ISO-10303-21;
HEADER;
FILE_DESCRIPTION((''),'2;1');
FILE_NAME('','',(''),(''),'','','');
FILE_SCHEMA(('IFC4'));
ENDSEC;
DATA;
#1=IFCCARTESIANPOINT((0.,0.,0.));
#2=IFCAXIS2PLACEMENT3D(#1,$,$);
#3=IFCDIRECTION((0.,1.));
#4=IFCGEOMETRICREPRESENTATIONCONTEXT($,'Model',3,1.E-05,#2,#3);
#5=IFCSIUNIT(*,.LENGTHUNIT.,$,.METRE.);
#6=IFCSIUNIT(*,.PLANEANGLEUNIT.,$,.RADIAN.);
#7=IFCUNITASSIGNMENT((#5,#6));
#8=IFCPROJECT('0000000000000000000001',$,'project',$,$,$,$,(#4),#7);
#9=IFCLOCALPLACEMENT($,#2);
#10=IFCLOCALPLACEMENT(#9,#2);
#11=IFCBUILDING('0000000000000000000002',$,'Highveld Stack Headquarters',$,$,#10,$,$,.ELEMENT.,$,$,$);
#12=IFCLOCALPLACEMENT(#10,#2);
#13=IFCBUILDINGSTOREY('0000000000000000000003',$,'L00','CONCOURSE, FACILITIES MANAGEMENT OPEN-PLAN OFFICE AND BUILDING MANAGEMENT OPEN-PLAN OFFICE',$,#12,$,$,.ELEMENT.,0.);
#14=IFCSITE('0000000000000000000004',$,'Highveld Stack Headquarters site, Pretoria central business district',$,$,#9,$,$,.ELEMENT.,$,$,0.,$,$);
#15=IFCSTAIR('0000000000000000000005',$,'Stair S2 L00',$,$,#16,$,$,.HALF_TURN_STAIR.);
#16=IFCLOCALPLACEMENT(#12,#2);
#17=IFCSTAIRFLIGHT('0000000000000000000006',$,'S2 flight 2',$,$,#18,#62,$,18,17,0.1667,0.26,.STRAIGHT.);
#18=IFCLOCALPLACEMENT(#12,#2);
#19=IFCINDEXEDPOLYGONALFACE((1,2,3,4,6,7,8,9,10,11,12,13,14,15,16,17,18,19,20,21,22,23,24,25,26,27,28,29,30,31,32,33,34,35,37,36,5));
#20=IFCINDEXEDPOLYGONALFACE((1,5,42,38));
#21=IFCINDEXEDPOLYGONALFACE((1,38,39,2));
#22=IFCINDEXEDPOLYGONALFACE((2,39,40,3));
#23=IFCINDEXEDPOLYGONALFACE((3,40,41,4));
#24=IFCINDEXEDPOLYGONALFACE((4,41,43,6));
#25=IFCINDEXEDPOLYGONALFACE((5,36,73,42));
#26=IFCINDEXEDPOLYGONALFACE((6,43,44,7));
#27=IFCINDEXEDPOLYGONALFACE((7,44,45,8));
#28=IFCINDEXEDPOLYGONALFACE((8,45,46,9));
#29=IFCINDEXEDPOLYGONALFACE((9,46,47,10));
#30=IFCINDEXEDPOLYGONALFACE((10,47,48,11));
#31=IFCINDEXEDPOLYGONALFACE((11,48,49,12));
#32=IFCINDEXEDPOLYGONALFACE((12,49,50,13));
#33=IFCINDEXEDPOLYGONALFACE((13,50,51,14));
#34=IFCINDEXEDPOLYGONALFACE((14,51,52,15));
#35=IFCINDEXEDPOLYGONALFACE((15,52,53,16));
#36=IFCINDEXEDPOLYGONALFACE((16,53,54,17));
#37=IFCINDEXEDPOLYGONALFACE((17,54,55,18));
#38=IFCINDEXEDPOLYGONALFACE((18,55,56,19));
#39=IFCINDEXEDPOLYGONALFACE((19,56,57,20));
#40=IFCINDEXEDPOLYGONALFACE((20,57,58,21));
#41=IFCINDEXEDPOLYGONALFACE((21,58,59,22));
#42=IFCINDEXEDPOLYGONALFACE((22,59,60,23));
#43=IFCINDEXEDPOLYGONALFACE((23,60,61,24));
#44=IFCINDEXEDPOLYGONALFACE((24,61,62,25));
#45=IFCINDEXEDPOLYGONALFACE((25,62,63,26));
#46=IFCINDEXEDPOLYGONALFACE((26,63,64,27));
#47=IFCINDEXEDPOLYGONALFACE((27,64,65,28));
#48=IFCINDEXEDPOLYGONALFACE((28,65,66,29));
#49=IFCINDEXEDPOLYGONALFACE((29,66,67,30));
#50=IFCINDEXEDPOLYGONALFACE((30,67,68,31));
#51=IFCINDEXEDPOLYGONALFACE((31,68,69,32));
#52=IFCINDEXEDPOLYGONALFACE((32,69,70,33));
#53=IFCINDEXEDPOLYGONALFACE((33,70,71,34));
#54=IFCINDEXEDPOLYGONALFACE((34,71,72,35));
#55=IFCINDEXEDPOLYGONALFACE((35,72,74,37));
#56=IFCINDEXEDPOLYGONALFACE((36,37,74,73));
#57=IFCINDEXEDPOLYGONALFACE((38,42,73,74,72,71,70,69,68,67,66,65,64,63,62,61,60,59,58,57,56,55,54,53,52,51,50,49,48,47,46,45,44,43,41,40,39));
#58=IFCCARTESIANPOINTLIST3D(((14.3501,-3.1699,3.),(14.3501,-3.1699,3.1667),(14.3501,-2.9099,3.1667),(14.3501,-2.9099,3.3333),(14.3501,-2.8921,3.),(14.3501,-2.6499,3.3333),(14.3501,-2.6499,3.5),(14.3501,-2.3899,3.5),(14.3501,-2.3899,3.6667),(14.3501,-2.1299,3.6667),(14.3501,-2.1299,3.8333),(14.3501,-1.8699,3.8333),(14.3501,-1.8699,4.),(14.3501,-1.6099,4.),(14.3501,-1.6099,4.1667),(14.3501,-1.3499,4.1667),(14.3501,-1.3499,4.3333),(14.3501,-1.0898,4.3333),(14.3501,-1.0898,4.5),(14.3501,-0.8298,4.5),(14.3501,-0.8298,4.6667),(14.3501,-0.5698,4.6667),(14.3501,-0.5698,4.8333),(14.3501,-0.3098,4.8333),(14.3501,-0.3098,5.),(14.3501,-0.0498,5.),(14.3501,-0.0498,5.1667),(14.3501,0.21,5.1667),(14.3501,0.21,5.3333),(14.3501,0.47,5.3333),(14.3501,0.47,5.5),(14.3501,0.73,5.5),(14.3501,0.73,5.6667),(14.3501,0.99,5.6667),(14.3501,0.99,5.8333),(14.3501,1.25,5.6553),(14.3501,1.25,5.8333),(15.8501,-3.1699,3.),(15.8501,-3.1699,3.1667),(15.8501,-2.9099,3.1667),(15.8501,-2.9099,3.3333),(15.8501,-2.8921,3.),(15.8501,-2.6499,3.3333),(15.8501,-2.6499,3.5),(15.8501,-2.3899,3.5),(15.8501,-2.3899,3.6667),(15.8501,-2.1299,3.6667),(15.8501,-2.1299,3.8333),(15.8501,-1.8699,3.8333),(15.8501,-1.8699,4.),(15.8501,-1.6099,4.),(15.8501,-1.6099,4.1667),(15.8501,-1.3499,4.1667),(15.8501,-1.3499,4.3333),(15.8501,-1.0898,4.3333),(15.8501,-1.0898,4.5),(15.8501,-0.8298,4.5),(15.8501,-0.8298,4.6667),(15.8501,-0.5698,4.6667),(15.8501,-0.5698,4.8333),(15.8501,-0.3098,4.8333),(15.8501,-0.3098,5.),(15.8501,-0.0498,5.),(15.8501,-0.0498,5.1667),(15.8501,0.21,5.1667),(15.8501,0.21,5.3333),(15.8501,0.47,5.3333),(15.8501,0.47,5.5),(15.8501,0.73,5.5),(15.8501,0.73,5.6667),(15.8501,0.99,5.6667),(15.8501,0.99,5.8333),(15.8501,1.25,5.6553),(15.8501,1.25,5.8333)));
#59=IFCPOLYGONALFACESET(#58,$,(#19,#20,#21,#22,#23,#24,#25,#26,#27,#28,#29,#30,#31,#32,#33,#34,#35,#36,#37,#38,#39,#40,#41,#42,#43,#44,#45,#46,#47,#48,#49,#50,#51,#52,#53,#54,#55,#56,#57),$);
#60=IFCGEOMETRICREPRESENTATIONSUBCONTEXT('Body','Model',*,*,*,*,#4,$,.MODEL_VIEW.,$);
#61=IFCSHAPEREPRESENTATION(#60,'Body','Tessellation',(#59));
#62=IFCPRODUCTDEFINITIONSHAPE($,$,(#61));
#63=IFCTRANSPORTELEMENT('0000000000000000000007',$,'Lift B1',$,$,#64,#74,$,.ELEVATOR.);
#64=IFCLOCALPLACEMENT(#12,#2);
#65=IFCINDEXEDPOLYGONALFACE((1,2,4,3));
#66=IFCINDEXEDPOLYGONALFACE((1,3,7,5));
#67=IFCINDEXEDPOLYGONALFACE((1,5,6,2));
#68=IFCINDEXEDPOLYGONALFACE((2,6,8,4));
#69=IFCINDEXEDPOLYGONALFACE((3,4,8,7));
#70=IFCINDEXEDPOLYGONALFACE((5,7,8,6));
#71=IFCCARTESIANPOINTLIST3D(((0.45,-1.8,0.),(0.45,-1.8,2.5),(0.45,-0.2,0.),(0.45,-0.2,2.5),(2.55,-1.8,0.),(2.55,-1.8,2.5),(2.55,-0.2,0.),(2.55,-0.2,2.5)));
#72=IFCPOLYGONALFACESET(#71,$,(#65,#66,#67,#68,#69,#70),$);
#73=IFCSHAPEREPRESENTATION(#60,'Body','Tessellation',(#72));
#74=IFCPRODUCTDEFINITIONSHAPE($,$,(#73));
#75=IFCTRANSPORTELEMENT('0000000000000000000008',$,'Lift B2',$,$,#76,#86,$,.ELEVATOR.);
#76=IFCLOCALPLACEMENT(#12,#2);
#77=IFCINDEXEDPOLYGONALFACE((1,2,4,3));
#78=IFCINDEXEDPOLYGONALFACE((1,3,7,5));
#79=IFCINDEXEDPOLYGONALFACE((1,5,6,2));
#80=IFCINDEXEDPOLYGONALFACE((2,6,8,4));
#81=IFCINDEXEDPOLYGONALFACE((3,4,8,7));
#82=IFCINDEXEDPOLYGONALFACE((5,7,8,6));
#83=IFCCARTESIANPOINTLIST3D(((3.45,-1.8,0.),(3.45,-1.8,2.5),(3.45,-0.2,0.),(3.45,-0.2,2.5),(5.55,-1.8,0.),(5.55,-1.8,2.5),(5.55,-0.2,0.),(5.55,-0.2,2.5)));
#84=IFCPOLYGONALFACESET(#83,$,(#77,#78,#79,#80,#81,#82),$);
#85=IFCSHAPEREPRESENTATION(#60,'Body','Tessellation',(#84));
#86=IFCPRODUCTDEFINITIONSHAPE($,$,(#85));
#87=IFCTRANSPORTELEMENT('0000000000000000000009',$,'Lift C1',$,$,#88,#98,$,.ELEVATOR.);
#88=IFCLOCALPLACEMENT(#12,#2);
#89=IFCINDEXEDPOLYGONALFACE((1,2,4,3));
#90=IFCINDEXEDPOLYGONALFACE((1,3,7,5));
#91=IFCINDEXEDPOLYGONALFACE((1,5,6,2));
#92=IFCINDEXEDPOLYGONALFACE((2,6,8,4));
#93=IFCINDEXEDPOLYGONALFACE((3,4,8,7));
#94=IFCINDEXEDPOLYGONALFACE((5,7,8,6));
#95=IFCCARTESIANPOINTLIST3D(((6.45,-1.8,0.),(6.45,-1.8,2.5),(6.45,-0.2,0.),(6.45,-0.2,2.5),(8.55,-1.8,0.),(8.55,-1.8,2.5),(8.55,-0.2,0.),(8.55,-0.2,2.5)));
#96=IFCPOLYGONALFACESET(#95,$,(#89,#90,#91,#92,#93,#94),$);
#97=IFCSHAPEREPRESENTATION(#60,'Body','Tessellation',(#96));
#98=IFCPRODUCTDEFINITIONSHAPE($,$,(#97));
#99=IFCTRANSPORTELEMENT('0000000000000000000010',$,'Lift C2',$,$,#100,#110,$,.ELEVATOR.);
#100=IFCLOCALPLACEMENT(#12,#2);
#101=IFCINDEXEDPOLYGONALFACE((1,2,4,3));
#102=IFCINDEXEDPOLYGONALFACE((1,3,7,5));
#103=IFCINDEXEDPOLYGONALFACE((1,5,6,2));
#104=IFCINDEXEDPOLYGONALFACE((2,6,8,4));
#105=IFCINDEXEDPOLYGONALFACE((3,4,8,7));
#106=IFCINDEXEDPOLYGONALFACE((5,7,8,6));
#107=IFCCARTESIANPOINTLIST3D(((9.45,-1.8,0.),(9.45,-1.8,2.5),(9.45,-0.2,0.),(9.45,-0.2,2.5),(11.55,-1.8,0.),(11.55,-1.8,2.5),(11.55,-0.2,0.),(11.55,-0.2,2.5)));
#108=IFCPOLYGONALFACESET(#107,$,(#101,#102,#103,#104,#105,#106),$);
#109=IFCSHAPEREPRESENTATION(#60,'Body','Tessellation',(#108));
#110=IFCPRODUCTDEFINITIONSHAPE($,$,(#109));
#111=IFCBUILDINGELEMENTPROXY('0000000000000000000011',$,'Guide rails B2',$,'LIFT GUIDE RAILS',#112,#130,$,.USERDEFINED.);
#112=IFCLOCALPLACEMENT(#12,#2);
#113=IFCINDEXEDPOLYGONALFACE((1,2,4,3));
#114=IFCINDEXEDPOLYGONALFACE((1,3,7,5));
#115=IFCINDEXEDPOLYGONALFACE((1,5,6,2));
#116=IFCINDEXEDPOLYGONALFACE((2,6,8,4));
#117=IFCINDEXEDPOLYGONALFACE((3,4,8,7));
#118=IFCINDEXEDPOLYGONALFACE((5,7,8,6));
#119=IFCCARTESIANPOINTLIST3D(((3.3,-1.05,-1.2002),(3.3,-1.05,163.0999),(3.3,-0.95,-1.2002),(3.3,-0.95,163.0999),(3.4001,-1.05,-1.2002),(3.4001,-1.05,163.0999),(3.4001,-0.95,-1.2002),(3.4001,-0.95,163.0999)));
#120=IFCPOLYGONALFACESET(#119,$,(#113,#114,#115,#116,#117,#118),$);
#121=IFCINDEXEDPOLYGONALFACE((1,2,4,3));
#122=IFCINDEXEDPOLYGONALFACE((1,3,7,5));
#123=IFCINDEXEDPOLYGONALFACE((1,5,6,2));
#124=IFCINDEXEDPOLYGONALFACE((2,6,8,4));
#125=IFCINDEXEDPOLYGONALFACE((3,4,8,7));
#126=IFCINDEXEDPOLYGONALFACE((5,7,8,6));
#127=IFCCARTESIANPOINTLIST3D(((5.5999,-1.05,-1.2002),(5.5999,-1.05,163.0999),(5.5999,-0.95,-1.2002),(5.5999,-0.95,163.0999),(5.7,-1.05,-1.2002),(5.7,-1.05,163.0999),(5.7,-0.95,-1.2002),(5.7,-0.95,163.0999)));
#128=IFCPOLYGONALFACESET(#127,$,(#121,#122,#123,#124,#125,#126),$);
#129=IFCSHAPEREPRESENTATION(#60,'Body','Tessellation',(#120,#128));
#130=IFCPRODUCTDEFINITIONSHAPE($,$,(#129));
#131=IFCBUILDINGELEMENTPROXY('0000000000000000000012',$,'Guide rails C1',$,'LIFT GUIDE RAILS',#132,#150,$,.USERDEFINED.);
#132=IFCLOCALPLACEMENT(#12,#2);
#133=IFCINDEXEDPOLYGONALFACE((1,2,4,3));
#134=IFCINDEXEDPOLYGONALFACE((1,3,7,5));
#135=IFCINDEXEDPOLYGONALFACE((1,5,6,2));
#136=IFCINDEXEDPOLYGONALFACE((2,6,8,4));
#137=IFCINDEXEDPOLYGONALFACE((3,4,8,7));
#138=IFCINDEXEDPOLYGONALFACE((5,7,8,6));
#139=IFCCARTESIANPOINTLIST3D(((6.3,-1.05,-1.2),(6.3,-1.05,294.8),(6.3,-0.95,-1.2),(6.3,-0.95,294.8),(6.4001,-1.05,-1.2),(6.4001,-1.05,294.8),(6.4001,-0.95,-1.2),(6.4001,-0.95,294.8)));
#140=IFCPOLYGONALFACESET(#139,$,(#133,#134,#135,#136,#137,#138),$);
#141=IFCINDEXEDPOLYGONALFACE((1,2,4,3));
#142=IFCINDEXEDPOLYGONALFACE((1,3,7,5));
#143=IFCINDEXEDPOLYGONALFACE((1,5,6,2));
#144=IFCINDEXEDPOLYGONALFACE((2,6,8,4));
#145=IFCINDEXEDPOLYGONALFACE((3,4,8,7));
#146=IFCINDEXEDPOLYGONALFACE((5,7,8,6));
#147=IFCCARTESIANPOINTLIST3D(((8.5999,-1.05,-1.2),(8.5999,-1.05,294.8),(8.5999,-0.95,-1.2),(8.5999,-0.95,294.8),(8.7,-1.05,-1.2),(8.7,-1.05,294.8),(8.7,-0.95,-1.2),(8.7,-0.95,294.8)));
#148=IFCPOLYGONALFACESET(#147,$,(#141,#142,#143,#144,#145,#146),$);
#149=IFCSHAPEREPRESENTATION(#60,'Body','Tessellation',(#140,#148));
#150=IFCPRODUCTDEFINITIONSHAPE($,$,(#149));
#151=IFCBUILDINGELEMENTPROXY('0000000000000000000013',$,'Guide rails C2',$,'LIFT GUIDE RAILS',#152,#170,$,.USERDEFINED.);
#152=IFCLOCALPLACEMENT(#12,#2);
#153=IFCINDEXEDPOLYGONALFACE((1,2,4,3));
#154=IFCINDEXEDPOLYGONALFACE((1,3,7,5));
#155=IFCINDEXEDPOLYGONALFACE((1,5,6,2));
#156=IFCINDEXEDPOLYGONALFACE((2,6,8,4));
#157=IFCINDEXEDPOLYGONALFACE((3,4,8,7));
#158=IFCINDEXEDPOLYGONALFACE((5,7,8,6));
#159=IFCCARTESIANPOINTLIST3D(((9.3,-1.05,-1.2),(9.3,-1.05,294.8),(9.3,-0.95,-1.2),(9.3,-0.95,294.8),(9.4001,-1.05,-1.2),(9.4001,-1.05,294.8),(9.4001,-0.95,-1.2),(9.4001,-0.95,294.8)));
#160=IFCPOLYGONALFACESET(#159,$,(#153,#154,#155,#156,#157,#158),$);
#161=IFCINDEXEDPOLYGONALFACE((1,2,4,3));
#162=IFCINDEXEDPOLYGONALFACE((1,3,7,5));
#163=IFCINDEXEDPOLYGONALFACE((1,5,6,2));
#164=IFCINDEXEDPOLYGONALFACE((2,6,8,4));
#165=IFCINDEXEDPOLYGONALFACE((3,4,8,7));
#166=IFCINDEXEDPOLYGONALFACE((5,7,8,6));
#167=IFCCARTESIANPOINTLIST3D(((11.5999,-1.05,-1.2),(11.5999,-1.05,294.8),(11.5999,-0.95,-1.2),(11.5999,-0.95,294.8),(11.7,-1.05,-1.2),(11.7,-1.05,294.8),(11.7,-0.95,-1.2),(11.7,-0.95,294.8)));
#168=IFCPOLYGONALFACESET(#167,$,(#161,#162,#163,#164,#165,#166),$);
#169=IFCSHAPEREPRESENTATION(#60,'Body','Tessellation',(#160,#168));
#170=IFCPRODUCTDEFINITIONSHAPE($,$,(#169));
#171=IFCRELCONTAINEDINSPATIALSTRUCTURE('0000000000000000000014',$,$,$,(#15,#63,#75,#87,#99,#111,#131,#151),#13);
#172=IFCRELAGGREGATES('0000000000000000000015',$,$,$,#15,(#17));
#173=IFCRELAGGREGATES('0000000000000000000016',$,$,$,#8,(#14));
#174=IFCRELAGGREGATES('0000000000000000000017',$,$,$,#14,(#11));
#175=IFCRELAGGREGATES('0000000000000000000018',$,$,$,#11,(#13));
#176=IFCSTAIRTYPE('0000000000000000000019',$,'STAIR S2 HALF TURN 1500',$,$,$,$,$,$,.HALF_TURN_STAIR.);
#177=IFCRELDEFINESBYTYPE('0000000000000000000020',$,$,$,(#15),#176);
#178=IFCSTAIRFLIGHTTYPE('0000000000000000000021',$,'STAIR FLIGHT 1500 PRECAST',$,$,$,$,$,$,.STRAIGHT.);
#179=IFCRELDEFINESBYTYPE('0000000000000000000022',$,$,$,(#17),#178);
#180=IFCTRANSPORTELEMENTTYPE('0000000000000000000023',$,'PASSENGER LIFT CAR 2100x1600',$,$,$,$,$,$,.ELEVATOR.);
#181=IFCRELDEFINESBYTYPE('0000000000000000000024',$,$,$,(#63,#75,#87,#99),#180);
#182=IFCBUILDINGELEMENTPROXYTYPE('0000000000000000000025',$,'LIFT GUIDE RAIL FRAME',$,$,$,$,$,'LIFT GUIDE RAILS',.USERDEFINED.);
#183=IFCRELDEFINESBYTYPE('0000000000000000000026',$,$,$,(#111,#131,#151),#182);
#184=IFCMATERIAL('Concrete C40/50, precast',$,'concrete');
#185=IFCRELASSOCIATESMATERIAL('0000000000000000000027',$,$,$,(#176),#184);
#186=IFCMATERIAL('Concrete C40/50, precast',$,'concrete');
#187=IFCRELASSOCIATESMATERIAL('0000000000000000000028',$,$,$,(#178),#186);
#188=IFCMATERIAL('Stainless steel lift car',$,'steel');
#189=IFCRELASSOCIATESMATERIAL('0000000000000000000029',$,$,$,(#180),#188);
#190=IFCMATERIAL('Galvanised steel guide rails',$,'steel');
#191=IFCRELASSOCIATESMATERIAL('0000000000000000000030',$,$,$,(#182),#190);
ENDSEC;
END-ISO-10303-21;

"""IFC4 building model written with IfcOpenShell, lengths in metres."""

from ifc_helpers import new_model, si_unit, direction, frame, origin, origin_2d, place, context, subcontext, project, spatial, polyline, rectangle, outline, extrude, material, type_object, element, aggregate, save


model = new_model("IFC4")

# Units and contexts
model_context = context("Model", 3, precision=1e-05, world=origin(), true_north=direction((0.0, 1.0)))
body_context = subcontext(model_context, "Body", "Model", "MODEL_VIEW")
ifc_project = project(units=[si_unit("LENGTHUNIT", "METRE"), si_unit("PLANEANGLEUNIT", "RADIAN")], contexts=[model_context])

# Site, building, storey
site_placement = place(None, origin())
site = spatial("IfcSite", under=ifc_project, at=site_placement, Name="Highveld Stack Headquarters site, Pretoria central business district", CompositionType="ELEMENT", RefElevation=0.0)
building_placement = place(site_placement, origin())
building = spatial("IfcBuilding", under=site, at=building_placement, Name="Highveld Stack Headquarters", CompositionType="ELEMENT")
storey_placement = place(building_placement, origin())
storey = spatial("IfcBuildingStorey", under=building, at=storey_placement, Name="L00", Description="CONCOURSE, FACILITIES MANAGEMENT OPEN-PLAN OFFICE AND BUILDING MANAGEMENT OPEN-PLAN OFFICE", CompositionType="ELEMENT", Elevation=0.0)

# Stair, stair flight
ifc_material_1 = material(Name="Concrete C40/50, precast", Category="concrete")
stair_type = type_object("IfcStairType", Name="STAIR S2 HALF TURN 1500", PredefinedType="HALF_TURN_STAIR", material=ifc_material_1)
stair_placement = place(storey_placement, origin())
stair = element("IfcStair", 1, at=stair_placement, inside=storey, type_object=stair_type, Name="Stair S2 L00", PredefinedType="HALF_TURN_STAIR")
ifc_material_2 = material(Name="Concrete C40/50, precast", Category="concrete")
stair_flight_type = type_object("IfcStairFlightType", Name="STAIR FLIGHT 1500 PRECAST", PredefinedType="STRAIGHT", material=ifc_material_2)
stair_flight_1_placement = place(storey_placement, frame((15.1001, -3.1699, 3.0), z_axis=(0.0, 0.0, 1.0), x_axis=(0.0, 1.0, 0.0)))
stair_flight_1 = element("IfcStairFlight", 2, at=stair_flight_1_placement, type_object=stair_flight_type, Name="S2 flight 2", NumberOfRisers=18, NumberOfTreads=17, PredefinedType="STRAIGHT", RiserHeight=0.1667, TreadLength=0.26, context=body_context, shape_type="SweptSolid", body=[
    extrude(outline(polyline([(0.0, 0.0), (0.0, 0.1667), (0.26, 0.1667), (0.26, 0.3333), (0.52, 0.3333), (0.52, 0.5), (0.78, 0.5), (0.78, 0.6667), (1.04, 0.6667), (1.04, 0.8333), (1.3, 0.8333), (1.3, 1.0), (1.5601, 1.0), (1.5601, 1.1667), (1.8201, 1.1667), (1.8201, 1.3333), (2.0801, 1.3333), (2.0801, 1.5), (2.3401, 1.5), (2.3401, 1.6667), (2.6001, 1.6667), (2.6001, 1.8333), (2.8601, 1.8333), (2.8601, 2.0), (3.1201, 2.0), (3.1201, 2.1667), (3.3799, 2.1667), (3.3799, 2.3333), (3.6399, 2.3333), (3.6399, 2.5), (3.8999, 2.5), (3.8999, 2.6667), (4.1599, 2.6667), (4.1599, 2.8333), (4.4199, 2.8333), (4.4199, 3.0), (4.4199, 2.6553), (0.2778, 0.0), (0.0, 0.0)])), frame((0.0, 0.75, 0.0), z_axis=(0.0, -1.0, 0.0), x_axis=(1.0, 0.0, 0.0)), (0.0, 0.0, 1.0), 1.5),
])
aggregate(stair, [stair_flight_1])

# Transport elements
ifc_material_3 = material(Name="Stainless steel lift car", Category="steel")
transport_element_type = type_object("IfcTransportElementType", Name="PASSENGER LIFT CAR 2100x1600", PredefinedType="ELEVATOR", material=ifc_material_3)
for number, where, z_axis, x_axis, name in (
    (3, (1.5, -1.0, 0.0), (0.0, 0.0, 1.0), (1.0, 0.0, 0.0), "Lift B1"),
    (4, (4.5, -1.0, 0.0), (0.0, 0.0, 1.0), (1.0, 0.0, 0.0), "Lift B2"),
    (5, (7.5, -1.0, 0.0), (0.0, 0.0, 1.0), (1.0, 0.0, 0.0), "Lift C1"),
    (6, (10.5, -1.0, 0.0), (0.0, 0.0, 1.0), (1.0, 0.0, 0.0), "Lift C2"),
):
    element("IfcTransportElement", number, at=place(storey_placement, frame(where, z_axis=z_axis, x_axis=x_axis)), inside=storey, type_object=transport_element_type, Name=name, PredefinedType="ELEVATOR", context=body_context, shape_type="SweptSolid", body=[
        extrude(rectangle(XDim=2.1001, YDim=1.6001, at=origin_2d()), origin(), (0.0, 0.0, 1.0), 2.5),
    ])

# Building element proxies
ifc_material_4 = material(Name="Galvanised steel guide rails", Category="steel")
building_element_proxy_type = type_object("IfcBuildingElementProxyType", Name="LIFT GUIDE RAIL FRAME", ElementType="LIFT GUIDE RAILS", PredefinedType="USERDEFINED", material=ifc_material_4)
proxy_placement = place(storey_placement, frame((3.3501, -1.0, -1.2002), z_axis=(0.0, 0.0, 1.0), x_axis=(1.0, 0.0, 0.0)))
element("IfcBuildingElementProxy", 7, at=proxy_placement, inside=storey, type_object=building_element_proxy_type, Name="Guide rails B2", ObjectType="LIFT GUIDE RAILS", PredefinedType="USERDEFINED", context=body_context, shape_type="SweptSolid", body=[
    extrude(rectangle(XDim=0.1001, YDim=0.1001, at=origin_2d()), origin(), (0.0, 0.0, 1.0), 164.3),
    extrude(rectangle(XDim=0.1001, YDim=0.1001, at=origin_2d()), frame((2.2998, 0.0, 0.0)), (0.0, 0.0, 1.0), 164.3),
])
for number, where, z_axis, x_axis, name in (
    (8, (6.3501, -1.0, -1.2), (0.0, 0.0, 1.0), (1.0, 0.0, 0.0), "Guide rails C1"),
    (9, (9.3501, -1.0, -1.2), (0.0, 0.0, 1.0), (1.0, 0.0, 0.0), "Guide rails C2"),
):
    element("IfcBuildingElementProxy", number, at=place(storey_placement, frame(where, z_axis=z_axis, x_axis=x_axis)), inside=storey, type_object=building_element_proxy_type, Name=name, ObjectType="LIFT GUIDE RAILS", PredefinedType="USERDEFINED", context=body_context, shape_type="SweptSolid", body=[
        extrude(rectangle(XDim=0.1001, YDim=0.1001, at=origin_2d()), origin(), (0.0, 0.0, 1.0), 296.0),
        extrude(rectangle(XDim=0.1001, YDim=0.1001, at=origin_2d()), frame((2.2998, 0.0, 0.0)), (0.0, 0.0, 1.0), 296.0),
    ])

save(model, "model.ifc")
